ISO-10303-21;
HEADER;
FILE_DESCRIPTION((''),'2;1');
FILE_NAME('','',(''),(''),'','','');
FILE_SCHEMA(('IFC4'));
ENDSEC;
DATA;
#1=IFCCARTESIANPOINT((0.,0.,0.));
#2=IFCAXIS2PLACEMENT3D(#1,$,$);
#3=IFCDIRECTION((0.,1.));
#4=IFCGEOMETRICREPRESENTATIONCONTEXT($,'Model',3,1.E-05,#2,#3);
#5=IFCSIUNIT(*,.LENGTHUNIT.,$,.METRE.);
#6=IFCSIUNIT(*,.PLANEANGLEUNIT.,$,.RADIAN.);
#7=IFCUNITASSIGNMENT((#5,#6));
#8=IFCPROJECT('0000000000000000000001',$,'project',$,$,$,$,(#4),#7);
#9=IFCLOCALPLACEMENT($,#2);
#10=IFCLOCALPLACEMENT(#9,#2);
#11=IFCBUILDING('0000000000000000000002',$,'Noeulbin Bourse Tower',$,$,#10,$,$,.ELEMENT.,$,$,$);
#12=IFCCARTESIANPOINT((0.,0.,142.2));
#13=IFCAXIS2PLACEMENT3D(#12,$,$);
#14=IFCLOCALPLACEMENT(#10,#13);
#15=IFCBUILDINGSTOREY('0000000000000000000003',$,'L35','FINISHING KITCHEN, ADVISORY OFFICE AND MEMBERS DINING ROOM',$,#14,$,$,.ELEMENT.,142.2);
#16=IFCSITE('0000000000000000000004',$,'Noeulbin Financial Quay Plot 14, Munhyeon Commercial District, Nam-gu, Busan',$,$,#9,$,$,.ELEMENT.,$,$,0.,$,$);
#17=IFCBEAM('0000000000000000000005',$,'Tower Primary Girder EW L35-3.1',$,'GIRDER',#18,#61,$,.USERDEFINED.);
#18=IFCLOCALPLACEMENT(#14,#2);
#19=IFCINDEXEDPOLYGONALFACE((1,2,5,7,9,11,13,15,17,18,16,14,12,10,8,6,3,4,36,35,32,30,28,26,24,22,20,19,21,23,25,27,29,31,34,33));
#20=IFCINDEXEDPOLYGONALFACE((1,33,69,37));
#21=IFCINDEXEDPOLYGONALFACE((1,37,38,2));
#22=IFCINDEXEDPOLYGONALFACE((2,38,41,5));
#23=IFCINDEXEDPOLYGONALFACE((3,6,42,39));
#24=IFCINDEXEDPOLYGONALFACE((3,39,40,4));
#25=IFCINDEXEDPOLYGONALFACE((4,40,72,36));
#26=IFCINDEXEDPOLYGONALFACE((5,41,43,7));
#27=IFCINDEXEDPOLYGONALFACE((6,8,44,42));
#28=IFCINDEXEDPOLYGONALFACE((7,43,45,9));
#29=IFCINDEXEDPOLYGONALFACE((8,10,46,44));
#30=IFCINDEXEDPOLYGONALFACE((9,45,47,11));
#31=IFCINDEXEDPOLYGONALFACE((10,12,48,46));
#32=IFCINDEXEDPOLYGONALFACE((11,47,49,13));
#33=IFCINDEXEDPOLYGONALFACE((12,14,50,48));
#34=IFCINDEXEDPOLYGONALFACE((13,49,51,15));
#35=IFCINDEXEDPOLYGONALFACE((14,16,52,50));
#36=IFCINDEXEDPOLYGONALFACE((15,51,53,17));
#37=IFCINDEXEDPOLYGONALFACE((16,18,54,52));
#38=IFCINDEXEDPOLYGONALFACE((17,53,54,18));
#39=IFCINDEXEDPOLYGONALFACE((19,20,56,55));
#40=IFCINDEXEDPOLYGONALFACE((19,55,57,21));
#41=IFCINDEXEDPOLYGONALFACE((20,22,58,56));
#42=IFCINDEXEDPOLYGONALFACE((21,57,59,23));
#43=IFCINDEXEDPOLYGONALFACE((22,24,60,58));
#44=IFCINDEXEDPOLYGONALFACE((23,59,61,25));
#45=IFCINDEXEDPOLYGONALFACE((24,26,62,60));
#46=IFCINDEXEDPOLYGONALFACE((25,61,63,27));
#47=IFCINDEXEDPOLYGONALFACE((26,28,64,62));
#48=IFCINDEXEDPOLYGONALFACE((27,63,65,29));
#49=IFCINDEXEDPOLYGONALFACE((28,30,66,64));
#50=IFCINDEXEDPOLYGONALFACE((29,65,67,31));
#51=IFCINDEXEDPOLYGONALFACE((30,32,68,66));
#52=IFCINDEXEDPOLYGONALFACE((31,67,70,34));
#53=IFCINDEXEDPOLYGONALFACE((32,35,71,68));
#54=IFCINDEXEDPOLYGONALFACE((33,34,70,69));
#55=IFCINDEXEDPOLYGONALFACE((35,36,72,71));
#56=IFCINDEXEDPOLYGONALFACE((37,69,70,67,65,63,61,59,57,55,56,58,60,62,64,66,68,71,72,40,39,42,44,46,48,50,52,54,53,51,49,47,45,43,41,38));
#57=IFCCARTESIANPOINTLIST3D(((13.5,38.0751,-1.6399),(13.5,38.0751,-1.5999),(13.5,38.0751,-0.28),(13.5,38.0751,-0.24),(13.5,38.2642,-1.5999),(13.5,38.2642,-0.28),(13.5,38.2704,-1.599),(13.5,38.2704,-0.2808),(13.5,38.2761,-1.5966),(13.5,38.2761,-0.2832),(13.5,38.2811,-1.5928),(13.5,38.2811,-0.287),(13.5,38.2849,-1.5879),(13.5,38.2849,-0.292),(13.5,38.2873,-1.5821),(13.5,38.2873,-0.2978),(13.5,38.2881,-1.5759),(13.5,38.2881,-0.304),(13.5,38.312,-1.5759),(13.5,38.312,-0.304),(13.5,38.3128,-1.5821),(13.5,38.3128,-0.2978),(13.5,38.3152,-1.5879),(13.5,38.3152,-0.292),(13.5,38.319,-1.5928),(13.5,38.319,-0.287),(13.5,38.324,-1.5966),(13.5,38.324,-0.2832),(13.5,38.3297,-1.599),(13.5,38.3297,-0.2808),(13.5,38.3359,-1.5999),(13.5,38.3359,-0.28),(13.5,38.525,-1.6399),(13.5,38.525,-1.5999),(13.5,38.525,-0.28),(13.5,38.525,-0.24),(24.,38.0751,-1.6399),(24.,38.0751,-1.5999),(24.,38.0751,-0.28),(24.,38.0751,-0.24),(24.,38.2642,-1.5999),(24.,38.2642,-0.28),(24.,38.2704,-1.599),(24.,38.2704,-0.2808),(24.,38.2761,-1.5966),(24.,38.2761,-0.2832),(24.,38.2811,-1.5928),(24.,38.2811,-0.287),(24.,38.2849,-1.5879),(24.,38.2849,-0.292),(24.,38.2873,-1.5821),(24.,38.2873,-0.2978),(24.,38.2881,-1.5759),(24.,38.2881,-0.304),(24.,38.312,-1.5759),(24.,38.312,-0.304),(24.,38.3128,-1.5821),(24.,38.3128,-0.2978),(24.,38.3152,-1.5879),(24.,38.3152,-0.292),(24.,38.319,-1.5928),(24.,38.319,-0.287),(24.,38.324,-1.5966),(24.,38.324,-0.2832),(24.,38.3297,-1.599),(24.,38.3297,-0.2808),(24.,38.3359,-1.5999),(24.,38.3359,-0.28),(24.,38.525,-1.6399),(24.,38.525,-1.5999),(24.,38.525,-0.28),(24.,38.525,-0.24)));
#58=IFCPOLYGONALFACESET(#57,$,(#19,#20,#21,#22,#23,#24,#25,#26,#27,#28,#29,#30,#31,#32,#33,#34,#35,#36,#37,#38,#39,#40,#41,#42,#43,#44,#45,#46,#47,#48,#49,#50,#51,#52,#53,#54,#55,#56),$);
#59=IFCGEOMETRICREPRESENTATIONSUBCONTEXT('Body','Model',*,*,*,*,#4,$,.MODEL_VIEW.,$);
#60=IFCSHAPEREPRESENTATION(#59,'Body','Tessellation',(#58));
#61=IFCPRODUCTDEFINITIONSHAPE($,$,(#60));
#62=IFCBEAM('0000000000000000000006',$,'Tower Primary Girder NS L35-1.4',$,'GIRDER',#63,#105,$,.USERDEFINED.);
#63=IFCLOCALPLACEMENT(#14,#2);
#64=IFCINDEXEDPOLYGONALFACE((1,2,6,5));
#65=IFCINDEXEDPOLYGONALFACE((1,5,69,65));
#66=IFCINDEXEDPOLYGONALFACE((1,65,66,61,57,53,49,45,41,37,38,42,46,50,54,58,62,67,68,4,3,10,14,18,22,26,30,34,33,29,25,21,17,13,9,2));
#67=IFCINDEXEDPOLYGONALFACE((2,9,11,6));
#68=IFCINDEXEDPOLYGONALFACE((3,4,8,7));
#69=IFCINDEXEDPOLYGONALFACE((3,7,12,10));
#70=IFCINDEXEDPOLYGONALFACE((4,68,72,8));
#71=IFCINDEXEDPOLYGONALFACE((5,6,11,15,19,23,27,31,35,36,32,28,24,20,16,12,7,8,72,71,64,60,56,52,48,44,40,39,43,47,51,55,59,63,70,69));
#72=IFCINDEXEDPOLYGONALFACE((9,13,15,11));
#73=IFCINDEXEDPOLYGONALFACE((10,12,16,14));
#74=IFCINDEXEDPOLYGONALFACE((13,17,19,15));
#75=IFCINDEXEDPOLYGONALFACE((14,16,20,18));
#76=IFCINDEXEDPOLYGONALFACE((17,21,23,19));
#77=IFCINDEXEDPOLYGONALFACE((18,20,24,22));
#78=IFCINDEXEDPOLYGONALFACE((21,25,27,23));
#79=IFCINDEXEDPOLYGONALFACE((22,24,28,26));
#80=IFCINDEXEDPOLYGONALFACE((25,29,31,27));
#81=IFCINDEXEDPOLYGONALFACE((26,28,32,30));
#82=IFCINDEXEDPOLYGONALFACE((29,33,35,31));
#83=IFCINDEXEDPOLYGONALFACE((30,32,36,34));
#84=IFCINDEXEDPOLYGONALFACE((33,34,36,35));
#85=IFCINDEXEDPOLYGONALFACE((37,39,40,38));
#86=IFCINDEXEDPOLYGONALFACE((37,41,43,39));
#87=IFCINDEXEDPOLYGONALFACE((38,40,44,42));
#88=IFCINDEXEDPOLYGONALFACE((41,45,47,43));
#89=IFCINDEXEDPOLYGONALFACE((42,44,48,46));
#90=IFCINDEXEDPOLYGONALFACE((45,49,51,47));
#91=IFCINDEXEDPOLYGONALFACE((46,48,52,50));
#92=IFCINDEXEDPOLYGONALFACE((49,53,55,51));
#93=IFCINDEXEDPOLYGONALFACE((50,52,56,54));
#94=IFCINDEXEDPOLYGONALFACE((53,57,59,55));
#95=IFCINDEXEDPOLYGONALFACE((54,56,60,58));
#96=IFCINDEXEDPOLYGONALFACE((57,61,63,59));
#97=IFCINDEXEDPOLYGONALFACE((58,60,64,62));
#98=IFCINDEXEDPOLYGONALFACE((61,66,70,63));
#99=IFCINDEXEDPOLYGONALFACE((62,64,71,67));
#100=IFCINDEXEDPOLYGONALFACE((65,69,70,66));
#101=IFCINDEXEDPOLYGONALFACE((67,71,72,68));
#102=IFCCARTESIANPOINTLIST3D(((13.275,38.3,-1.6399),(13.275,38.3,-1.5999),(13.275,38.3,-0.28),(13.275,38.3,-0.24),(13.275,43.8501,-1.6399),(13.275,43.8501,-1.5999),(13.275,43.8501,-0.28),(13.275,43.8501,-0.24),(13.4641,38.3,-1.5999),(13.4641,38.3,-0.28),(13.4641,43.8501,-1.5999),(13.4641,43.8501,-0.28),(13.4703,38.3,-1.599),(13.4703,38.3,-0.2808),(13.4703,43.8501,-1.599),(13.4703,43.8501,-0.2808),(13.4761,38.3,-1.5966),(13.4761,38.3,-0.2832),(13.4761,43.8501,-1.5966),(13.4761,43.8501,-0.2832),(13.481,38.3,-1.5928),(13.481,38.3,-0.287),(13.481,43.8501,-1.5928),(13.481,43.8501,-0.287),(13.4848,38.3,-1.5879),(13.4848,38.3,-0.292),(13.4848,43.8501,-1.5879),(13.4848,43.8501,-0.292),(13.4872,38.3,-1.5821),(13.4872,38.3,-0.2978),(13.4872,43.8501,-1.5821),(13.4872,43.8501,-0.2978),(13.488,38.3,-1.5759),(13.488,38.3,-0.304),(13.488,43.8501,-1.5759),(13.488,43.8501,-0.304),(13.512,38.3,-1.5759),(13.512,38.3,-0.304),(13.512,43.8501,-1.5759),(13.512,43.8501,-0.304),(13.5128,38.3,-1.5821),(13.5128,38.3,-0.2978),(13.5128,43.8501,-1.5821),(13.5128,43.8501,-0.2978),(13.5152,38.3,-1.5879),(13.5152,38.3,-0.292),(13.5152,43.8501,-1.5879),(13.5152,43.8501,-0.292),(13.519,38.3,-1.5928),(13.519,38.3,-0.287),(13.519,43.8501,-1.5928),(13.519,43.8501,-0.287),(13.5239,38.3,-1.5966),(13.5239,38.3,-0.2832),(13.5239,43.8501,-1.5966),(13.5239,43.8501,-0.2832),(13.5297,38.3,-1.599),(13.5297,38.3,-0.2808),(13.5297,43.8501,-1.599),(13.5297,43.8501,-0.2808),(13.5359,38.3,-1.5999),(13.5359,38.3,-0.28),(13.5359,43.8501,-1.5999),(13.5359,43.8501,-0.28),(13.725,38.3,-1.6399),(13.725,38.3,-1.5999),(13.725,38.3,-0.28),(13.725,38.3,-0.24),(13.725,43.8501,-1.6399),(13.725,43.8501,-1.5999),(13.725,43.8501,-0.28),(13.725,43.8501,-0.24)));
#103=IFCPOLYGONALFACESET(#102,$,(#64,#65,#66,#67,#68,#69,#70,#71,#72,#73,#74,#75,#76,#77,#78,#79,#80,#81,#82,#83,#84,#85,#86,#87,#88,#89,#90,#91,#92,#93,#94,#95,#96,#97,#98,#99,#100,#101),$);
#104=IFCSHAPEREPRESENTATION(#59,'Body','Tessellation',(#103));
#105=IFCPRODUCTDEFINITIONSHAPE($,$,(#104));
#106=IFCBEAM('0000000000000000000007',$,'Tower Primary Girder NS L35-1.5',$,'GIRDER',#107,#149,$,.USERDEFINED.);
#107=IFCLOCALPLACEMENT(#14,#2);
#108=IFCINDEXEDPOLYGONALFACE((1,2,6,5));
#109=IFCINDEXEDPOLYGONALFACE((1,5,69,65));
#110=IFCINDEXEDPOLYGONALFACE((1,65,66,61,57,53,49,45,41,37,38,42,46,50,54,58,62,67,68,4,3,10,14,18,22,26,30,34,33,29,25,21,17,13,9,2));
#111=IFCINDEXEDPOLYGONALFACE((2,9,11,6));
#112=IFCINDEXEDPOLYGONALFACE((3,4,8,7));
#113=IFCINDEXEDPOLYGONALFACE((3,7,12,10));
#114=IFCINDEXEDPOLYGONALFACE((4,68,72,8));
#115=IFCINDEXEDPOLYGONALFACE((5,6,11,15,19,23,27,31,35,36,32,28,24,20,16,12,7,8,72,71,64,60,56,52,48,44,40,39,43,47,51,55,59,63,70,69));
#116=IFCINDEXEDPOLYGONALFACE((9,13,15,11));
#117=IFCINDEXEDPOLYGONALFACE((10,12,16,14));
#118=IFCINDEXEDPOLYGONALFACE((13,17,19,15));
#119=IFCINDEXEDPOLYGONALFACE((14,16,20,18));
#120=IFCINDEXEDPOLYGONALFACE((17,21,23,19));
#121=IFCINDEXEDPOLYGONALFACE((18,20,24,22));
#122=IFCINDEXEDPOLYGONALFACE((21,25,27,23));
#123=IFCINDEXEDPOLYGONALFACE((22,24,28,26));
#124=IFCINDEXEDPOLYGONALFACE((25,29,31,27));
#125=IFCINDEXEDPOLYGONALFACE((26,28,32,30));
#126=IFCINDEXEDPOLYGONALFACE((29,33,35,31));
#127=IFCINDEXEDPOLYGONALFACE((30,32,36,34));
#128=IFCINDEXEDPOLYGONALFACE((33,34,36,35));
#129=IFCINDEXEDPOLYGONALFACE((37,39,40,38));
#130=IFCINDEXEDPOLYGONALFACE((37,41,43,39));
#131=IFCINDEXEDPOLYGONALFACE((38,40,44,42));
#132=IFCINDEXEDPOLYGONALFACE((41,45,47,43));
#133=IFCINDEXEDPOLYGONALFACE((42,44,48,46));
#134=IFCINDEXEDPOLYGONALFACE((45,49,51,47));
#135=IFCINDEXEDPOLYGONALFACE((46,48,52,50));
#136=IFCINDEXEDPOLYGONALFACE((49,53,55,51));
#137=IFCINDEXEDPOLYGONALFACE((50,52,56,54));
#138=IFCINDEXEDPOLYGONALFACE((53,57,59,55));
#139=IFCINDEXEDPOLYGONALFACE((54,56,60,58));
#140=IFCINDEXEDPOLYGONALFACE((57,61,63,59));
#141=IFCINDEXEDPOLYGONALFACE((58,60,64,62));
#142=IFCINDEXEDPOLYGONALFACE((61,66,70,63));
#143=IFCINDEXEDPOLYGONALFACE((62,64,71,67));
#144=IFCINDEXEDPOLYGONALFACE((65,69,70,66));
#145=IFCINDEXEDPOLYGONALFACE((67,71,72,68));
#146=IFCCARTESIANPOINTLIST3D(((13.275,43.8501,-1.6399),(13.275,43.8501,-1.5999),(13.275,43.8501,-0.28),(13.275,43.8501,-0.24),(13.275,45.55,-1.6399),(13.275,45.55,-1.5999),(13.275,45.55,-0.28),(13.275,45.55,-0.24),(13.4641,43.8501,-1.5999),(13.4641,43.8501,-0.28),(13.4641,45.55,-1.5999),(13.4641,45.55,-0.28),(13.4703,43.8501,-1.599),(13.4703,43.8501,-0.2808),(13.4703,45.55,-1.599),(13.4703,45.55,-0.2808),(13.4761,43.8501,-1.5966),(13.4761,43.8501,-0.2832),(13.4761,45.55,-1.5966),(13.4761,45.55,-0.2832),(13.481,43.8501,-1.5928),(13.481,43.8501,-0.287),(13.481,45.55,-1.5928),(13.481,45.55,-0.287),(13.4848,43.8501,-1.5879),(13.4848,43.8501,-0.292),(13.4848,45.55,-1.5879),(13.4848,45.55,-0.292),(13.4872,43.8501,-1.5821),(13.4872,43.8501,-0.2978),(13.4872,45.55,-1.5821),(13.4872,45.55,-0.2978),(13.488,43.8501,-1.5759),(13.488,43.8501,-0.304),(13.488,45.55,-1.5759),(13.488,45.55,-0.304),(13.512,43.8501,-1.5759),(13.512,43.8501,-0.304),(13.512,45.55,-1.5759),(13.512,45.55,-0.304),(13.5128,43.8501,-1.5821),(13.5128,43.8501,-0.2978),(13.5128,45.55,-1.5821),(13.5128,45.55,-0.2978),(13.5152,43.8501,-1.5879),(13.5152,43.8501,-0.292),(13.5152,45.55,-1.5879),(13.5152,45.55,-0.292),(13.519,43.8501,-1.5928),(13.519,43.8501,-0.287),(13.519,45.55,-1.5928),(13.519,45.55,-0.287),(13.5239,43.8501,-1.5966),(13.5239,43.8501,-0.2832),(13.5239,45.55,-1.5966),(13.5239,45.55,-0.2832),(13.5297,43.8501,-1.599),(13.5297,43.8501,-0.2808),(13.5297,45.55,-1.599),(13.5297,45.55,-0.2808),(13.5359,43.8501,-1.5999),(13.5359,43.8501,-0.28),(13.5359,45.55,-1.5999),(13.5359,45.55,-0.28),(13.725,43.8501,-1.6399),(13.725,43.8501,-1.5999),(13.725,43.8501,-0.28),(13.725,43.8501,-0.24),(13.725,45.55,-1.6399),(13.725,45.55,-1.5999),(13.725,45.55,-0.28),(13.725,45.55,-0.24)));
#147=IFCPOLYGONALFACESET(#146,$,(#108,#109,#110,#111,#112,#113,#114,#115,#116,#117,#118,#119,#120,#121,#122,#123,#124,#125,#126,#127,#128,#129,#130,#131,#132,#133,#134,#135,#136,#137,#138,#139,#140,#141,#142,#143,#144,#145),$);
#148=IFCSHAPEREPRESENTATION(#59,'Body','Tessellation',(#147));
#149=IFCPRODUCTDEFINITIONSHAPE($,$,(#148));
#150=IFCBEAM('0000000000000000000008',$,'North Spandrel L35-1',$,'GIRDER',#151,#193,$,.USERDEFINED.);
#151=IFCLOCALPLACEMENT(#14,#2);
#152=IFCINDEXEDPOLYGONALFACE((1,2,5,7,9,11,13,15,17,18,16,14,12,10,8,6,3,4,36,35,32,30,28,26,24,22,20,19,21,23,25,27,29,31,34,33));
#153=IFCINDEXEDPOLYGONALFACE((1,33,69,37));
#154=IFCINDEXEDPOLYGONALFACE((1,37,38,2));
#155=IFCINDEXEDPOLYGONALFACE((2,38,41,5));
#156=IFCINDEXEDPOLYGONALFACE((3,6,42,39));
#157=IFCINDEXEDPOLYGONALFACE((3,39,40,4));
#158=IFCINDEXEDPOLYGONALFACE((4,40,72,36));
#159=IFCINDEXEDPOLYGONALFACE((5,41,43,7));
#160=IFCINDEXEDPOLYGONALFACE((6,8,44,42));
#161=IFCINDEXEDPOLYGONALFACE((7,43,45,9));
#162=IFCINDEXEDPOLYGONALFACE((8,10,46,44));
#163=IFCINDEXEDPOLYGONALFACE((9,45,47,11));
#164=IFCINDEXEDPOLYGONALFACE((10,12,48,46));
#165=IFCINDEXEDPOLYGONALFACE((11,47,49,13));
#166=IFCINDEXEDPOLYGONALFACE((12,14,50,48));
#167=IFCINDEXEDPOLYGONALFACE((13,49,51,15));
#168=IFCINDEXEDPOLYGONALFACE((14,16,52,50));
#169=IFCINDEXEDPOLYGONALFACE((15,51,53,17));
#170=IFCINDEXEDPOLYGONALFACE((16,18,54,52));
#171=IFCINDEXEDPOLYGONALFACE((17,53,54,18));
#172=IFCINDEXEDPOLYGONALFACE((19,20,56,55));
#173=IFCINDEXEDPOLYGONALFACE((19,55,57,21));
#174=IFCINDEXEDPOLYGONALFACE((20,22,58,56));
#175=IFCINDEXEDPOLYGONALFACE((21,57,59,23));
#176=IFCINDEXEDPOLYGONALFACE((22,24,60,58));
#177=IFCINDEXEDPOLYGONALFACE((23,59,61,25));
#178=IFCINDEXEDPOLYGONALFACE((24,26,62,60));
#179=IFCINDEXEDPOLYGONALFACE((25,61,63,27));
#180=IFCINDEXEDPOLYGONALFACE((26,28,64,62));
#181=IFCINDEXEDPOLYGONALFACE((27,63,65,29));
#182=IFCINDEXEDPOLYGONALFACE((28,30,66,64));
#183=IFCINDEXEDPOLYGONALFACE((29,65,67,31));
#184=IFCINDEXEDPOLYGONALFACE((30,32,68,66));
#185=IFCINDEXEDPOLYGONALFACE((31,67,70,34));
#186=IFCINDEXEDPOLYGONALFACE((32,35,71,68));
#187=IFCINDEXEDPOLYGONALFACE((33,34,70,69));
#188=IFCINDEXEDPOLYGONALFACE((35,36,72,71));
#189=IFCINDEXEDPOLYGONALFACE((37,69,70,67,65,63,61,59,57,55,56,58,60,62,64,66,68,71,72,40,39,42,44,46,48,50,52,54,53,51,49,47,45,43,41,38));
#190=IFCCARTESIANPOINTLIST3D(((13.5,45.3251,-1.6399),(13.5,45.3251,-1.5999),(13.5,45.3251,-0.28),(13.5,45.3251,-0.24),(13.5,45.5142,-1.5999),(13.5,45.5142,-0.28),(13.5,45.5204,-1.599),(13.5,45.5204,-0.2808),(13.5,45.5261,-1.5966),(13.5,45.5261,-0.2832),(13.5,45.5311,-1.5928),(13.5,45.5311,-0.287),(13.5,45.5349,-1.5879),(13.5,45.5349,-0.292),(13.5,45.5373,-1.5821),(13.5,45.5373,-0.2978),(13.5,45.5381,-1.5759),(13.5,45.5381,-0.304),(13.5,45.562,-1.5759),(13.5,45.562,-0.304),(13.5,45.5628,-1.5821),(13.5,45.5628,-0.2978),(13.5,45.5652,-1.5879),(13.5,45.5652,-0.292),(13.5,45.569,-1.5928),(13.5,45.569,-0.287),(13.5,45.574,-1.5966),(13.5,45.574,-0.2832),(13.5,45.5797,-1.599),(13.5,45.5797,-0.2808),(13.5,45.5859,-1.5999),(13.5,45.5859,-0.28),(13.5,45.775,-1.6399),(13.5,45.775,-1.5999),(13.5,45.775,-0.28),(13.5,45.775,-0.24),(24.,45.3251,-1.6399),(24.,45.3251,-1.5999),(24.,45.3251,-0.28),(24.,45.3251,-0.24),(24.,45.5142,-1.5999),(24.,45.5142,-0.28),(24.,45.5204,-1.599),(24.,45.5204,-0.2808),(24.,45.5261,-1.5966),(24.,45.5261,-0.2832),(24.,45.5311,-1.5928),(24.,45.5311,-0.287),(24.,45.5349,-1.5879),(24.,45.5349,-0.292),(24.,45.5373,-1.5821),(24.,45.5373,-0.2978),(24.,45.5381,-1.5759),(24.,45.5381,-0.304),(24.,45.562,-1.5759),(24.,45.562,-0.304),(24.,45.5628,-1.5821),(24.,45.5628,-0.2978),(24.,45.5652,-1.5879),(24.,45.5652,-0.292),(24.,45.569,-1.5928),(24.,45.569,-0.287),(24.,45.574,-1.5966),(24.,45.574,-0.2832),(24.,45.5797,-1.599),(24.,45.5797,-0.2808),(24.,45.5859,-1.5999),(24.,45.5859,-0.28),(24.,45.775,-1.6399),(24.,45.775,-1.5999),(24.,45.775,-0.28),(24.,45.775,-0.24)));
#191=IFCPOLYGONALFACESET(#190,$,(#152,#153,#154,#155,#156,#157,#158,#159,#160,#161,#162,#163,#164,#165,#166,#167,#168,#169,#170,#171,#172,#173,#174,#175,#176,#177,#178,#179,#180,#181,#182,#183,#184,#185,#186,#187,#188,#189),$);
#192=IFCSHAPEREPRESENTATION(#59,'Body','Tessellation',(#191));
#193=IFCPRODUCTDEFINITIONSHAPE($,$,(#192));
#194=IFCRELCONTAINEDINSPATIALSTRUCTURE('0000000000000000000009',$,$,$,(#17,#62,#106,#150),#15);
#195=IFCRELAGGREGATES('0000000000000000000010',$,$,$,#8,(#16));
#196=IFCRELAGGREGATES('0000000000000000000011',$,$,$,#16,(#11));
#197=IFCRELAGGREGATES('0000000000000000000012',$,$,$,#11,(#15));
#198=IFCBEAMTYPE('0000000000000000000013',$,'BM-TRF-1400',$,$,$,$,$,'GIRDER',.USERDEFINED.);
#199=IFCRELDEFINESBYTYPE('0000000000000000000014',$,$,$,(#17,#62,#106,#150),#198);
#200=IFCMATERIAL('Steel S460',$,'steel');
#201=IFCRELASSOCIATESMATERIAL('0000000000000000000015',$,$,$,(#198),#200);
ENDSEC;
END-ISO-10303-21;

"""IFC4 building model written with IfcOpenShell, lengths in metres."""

from ifc_helpers import new_model, si_unit, direction, frame, origin, origin_2d, place, context, subcontext, project, spatial, i_section, extrude, material, material_profile, profile_set, type_object, element, save


model = new_model("IFC4")

# Units and contexts
model_context = context("Model", 3, precision=1e-05, world=origin(), true_north=direction((0.0, 1.0)))
body_context = subcontext(model_context, "Body", "Model", "MODEL_VIEW")
ifc_project = project(units=[si_unit("LENGTHUNIT", "METRE"), si_unit("PLANEANGLEUNIT", "RADIAN")], contexts=[model_context])

# Site, building, storey
site_placement = place(None, origin())
site = spatial("IfcSite", under=ifc_project, at=site_placement, Name="Noeulbin Financial Quay Plot 14, Munhyeon Commercial District, Nam-gu, Busan", CompositionType="ELEMENT", RefElevation=0.0)
building_placement = place(site_placement, origin())
building = spatial("IfcBuilding", under=site, at=building_placement, Name="Noeulbin Bourse Tower", CompositionType="ELEMENT")
storey_placement = place(building_placement, frame((0.0, 0.0, 142.2)))
storey = spatial("IfcBuildingStorey", under=building, at=storey_placement, Name="L35", Description="FINISHING KITCHEN, ADVISORY OFFICE AND MEMBERS DINING ROOM", CompositionType="ELEMENT", Elevation=142.2)

# Beams
ifc_material_1 = material(Name="Steel S460", Category="steel")
ifc_material_profile_1 = material_profile(ifc_material_1, i_section(OverallWidth=0.45, OverallDepth=1.3999, WebThickness=0.0239, FlangeThickness=0.04, FilletRadius=0.0239, at=origin_2d()), Name="PG-1400x450x24x40", Category="LoadBearing")
ifc_profile_set_1 = profile_set([ifc_material_profile_1], Name="Steel S460")
beam_type_1 = type_object("IfcBeamType", Name="BM-TRF-1400", ElementType="GIRDER", PredefinedType="USERDEFINED", material=ifc_profile_set_1)
beam_1_placement = place(storey_placement, frame((13.5, 38.3, -0.9399), z_axis=(1.0, 0.0, 0.0), x_axis=(0.0, 1.0, 0.0)))
element("IfcBeam", 1, at=beam_1_placement, inside=storey, type_object=beam_type_1, Name="Tower Primary Girder EW L35-3.1", ObjectType="GIRDER", PredefinedType="USERDEFINED", context=body_context, shape_type="SweptSolid", body=[
    extrude(i_section(OverallWidth=0.45, OverallDepth=1.3999, WebThickness=0.0239, FlangeThickness=0.04, FilletRadius=0.0239, at=origin_2d()), origin(), (0.0, 0.0, 1.0), 10.5),
])
beam_2_placement = place(storey_placement, frame((13.5, 38.3, -0.9399), z_axis=(0.0, 1.0, 0.0), x_axis=(-1.0, 0.0, 0.0)))
element("IfcBeam", 2, at=beam_2_placement, inside=storey, type_object=beam_type_1, Name="Tower Primary Girder NS L35-1.4", ObjectType="GIRDER", PredefinedType="USERDEFINED", context=body_context, shape_type="SweptSolid", body=[
    extrude(i_section(OverallWidth=0.45, OverallDepth=1.3999, WebThickness=0.0239, FlangeThickness=0.04, FilletRadius=0.0239, at=origin_2d()), origin(), (0.0, 0.0, 1.0), 5.55),
])
beam_3_placement = place(storey_placement, frame((13.5, 43.8501, -0.9399), z_axis=(0.0, 1.0, 0.0), x_axis=(-1.0, 0.0, 0.0)))
element("IfcBeam", 3, at=beam_3_placement, inside=storey, type_object=beam_type_1, Name="Tower Primary Girder NS L35-1.5", ObjectType="GIRDER", PredefinedType="USERDEFINED", context=body_context, shape_type="SweptSolid", body=[
    extrude(i_section(OverallWidth=0.45, OverallDepth=1.3999, WebThickness=0.0239, FlangeThickness=0.04, FilletRadius=0.0239, at=origin_2d()), origin(), (0.0, 0.0, 1.0), 1.7),
])
beam_4_placement = place(storey_placement, frame((13.5, 45.55, -0.9399), z_axis=(1.0, 0.0, 0.0), x_axis=(0.0, 1.0, 0.0)))
element("IfcBeam", 4, at=beam_4_placement, inside=storey, type_object=beam_type_1, Name="North Spandrel L35-1", ObjectType="GIRDER", PredefinedType="USERDEFINED", context=body_context, shape_type="SweptSolid", body=[
    extrude(i_section(OverallWidth=0.45, OverallDepth=1.3999, WebThickness=0.0239, FlangeThickness=0.04, FilletRadius=0.0239, at=origin_2d()), origin(), (0.0, 0.0, 1.0), 10.5),
])

save(model, "model.ifc")
